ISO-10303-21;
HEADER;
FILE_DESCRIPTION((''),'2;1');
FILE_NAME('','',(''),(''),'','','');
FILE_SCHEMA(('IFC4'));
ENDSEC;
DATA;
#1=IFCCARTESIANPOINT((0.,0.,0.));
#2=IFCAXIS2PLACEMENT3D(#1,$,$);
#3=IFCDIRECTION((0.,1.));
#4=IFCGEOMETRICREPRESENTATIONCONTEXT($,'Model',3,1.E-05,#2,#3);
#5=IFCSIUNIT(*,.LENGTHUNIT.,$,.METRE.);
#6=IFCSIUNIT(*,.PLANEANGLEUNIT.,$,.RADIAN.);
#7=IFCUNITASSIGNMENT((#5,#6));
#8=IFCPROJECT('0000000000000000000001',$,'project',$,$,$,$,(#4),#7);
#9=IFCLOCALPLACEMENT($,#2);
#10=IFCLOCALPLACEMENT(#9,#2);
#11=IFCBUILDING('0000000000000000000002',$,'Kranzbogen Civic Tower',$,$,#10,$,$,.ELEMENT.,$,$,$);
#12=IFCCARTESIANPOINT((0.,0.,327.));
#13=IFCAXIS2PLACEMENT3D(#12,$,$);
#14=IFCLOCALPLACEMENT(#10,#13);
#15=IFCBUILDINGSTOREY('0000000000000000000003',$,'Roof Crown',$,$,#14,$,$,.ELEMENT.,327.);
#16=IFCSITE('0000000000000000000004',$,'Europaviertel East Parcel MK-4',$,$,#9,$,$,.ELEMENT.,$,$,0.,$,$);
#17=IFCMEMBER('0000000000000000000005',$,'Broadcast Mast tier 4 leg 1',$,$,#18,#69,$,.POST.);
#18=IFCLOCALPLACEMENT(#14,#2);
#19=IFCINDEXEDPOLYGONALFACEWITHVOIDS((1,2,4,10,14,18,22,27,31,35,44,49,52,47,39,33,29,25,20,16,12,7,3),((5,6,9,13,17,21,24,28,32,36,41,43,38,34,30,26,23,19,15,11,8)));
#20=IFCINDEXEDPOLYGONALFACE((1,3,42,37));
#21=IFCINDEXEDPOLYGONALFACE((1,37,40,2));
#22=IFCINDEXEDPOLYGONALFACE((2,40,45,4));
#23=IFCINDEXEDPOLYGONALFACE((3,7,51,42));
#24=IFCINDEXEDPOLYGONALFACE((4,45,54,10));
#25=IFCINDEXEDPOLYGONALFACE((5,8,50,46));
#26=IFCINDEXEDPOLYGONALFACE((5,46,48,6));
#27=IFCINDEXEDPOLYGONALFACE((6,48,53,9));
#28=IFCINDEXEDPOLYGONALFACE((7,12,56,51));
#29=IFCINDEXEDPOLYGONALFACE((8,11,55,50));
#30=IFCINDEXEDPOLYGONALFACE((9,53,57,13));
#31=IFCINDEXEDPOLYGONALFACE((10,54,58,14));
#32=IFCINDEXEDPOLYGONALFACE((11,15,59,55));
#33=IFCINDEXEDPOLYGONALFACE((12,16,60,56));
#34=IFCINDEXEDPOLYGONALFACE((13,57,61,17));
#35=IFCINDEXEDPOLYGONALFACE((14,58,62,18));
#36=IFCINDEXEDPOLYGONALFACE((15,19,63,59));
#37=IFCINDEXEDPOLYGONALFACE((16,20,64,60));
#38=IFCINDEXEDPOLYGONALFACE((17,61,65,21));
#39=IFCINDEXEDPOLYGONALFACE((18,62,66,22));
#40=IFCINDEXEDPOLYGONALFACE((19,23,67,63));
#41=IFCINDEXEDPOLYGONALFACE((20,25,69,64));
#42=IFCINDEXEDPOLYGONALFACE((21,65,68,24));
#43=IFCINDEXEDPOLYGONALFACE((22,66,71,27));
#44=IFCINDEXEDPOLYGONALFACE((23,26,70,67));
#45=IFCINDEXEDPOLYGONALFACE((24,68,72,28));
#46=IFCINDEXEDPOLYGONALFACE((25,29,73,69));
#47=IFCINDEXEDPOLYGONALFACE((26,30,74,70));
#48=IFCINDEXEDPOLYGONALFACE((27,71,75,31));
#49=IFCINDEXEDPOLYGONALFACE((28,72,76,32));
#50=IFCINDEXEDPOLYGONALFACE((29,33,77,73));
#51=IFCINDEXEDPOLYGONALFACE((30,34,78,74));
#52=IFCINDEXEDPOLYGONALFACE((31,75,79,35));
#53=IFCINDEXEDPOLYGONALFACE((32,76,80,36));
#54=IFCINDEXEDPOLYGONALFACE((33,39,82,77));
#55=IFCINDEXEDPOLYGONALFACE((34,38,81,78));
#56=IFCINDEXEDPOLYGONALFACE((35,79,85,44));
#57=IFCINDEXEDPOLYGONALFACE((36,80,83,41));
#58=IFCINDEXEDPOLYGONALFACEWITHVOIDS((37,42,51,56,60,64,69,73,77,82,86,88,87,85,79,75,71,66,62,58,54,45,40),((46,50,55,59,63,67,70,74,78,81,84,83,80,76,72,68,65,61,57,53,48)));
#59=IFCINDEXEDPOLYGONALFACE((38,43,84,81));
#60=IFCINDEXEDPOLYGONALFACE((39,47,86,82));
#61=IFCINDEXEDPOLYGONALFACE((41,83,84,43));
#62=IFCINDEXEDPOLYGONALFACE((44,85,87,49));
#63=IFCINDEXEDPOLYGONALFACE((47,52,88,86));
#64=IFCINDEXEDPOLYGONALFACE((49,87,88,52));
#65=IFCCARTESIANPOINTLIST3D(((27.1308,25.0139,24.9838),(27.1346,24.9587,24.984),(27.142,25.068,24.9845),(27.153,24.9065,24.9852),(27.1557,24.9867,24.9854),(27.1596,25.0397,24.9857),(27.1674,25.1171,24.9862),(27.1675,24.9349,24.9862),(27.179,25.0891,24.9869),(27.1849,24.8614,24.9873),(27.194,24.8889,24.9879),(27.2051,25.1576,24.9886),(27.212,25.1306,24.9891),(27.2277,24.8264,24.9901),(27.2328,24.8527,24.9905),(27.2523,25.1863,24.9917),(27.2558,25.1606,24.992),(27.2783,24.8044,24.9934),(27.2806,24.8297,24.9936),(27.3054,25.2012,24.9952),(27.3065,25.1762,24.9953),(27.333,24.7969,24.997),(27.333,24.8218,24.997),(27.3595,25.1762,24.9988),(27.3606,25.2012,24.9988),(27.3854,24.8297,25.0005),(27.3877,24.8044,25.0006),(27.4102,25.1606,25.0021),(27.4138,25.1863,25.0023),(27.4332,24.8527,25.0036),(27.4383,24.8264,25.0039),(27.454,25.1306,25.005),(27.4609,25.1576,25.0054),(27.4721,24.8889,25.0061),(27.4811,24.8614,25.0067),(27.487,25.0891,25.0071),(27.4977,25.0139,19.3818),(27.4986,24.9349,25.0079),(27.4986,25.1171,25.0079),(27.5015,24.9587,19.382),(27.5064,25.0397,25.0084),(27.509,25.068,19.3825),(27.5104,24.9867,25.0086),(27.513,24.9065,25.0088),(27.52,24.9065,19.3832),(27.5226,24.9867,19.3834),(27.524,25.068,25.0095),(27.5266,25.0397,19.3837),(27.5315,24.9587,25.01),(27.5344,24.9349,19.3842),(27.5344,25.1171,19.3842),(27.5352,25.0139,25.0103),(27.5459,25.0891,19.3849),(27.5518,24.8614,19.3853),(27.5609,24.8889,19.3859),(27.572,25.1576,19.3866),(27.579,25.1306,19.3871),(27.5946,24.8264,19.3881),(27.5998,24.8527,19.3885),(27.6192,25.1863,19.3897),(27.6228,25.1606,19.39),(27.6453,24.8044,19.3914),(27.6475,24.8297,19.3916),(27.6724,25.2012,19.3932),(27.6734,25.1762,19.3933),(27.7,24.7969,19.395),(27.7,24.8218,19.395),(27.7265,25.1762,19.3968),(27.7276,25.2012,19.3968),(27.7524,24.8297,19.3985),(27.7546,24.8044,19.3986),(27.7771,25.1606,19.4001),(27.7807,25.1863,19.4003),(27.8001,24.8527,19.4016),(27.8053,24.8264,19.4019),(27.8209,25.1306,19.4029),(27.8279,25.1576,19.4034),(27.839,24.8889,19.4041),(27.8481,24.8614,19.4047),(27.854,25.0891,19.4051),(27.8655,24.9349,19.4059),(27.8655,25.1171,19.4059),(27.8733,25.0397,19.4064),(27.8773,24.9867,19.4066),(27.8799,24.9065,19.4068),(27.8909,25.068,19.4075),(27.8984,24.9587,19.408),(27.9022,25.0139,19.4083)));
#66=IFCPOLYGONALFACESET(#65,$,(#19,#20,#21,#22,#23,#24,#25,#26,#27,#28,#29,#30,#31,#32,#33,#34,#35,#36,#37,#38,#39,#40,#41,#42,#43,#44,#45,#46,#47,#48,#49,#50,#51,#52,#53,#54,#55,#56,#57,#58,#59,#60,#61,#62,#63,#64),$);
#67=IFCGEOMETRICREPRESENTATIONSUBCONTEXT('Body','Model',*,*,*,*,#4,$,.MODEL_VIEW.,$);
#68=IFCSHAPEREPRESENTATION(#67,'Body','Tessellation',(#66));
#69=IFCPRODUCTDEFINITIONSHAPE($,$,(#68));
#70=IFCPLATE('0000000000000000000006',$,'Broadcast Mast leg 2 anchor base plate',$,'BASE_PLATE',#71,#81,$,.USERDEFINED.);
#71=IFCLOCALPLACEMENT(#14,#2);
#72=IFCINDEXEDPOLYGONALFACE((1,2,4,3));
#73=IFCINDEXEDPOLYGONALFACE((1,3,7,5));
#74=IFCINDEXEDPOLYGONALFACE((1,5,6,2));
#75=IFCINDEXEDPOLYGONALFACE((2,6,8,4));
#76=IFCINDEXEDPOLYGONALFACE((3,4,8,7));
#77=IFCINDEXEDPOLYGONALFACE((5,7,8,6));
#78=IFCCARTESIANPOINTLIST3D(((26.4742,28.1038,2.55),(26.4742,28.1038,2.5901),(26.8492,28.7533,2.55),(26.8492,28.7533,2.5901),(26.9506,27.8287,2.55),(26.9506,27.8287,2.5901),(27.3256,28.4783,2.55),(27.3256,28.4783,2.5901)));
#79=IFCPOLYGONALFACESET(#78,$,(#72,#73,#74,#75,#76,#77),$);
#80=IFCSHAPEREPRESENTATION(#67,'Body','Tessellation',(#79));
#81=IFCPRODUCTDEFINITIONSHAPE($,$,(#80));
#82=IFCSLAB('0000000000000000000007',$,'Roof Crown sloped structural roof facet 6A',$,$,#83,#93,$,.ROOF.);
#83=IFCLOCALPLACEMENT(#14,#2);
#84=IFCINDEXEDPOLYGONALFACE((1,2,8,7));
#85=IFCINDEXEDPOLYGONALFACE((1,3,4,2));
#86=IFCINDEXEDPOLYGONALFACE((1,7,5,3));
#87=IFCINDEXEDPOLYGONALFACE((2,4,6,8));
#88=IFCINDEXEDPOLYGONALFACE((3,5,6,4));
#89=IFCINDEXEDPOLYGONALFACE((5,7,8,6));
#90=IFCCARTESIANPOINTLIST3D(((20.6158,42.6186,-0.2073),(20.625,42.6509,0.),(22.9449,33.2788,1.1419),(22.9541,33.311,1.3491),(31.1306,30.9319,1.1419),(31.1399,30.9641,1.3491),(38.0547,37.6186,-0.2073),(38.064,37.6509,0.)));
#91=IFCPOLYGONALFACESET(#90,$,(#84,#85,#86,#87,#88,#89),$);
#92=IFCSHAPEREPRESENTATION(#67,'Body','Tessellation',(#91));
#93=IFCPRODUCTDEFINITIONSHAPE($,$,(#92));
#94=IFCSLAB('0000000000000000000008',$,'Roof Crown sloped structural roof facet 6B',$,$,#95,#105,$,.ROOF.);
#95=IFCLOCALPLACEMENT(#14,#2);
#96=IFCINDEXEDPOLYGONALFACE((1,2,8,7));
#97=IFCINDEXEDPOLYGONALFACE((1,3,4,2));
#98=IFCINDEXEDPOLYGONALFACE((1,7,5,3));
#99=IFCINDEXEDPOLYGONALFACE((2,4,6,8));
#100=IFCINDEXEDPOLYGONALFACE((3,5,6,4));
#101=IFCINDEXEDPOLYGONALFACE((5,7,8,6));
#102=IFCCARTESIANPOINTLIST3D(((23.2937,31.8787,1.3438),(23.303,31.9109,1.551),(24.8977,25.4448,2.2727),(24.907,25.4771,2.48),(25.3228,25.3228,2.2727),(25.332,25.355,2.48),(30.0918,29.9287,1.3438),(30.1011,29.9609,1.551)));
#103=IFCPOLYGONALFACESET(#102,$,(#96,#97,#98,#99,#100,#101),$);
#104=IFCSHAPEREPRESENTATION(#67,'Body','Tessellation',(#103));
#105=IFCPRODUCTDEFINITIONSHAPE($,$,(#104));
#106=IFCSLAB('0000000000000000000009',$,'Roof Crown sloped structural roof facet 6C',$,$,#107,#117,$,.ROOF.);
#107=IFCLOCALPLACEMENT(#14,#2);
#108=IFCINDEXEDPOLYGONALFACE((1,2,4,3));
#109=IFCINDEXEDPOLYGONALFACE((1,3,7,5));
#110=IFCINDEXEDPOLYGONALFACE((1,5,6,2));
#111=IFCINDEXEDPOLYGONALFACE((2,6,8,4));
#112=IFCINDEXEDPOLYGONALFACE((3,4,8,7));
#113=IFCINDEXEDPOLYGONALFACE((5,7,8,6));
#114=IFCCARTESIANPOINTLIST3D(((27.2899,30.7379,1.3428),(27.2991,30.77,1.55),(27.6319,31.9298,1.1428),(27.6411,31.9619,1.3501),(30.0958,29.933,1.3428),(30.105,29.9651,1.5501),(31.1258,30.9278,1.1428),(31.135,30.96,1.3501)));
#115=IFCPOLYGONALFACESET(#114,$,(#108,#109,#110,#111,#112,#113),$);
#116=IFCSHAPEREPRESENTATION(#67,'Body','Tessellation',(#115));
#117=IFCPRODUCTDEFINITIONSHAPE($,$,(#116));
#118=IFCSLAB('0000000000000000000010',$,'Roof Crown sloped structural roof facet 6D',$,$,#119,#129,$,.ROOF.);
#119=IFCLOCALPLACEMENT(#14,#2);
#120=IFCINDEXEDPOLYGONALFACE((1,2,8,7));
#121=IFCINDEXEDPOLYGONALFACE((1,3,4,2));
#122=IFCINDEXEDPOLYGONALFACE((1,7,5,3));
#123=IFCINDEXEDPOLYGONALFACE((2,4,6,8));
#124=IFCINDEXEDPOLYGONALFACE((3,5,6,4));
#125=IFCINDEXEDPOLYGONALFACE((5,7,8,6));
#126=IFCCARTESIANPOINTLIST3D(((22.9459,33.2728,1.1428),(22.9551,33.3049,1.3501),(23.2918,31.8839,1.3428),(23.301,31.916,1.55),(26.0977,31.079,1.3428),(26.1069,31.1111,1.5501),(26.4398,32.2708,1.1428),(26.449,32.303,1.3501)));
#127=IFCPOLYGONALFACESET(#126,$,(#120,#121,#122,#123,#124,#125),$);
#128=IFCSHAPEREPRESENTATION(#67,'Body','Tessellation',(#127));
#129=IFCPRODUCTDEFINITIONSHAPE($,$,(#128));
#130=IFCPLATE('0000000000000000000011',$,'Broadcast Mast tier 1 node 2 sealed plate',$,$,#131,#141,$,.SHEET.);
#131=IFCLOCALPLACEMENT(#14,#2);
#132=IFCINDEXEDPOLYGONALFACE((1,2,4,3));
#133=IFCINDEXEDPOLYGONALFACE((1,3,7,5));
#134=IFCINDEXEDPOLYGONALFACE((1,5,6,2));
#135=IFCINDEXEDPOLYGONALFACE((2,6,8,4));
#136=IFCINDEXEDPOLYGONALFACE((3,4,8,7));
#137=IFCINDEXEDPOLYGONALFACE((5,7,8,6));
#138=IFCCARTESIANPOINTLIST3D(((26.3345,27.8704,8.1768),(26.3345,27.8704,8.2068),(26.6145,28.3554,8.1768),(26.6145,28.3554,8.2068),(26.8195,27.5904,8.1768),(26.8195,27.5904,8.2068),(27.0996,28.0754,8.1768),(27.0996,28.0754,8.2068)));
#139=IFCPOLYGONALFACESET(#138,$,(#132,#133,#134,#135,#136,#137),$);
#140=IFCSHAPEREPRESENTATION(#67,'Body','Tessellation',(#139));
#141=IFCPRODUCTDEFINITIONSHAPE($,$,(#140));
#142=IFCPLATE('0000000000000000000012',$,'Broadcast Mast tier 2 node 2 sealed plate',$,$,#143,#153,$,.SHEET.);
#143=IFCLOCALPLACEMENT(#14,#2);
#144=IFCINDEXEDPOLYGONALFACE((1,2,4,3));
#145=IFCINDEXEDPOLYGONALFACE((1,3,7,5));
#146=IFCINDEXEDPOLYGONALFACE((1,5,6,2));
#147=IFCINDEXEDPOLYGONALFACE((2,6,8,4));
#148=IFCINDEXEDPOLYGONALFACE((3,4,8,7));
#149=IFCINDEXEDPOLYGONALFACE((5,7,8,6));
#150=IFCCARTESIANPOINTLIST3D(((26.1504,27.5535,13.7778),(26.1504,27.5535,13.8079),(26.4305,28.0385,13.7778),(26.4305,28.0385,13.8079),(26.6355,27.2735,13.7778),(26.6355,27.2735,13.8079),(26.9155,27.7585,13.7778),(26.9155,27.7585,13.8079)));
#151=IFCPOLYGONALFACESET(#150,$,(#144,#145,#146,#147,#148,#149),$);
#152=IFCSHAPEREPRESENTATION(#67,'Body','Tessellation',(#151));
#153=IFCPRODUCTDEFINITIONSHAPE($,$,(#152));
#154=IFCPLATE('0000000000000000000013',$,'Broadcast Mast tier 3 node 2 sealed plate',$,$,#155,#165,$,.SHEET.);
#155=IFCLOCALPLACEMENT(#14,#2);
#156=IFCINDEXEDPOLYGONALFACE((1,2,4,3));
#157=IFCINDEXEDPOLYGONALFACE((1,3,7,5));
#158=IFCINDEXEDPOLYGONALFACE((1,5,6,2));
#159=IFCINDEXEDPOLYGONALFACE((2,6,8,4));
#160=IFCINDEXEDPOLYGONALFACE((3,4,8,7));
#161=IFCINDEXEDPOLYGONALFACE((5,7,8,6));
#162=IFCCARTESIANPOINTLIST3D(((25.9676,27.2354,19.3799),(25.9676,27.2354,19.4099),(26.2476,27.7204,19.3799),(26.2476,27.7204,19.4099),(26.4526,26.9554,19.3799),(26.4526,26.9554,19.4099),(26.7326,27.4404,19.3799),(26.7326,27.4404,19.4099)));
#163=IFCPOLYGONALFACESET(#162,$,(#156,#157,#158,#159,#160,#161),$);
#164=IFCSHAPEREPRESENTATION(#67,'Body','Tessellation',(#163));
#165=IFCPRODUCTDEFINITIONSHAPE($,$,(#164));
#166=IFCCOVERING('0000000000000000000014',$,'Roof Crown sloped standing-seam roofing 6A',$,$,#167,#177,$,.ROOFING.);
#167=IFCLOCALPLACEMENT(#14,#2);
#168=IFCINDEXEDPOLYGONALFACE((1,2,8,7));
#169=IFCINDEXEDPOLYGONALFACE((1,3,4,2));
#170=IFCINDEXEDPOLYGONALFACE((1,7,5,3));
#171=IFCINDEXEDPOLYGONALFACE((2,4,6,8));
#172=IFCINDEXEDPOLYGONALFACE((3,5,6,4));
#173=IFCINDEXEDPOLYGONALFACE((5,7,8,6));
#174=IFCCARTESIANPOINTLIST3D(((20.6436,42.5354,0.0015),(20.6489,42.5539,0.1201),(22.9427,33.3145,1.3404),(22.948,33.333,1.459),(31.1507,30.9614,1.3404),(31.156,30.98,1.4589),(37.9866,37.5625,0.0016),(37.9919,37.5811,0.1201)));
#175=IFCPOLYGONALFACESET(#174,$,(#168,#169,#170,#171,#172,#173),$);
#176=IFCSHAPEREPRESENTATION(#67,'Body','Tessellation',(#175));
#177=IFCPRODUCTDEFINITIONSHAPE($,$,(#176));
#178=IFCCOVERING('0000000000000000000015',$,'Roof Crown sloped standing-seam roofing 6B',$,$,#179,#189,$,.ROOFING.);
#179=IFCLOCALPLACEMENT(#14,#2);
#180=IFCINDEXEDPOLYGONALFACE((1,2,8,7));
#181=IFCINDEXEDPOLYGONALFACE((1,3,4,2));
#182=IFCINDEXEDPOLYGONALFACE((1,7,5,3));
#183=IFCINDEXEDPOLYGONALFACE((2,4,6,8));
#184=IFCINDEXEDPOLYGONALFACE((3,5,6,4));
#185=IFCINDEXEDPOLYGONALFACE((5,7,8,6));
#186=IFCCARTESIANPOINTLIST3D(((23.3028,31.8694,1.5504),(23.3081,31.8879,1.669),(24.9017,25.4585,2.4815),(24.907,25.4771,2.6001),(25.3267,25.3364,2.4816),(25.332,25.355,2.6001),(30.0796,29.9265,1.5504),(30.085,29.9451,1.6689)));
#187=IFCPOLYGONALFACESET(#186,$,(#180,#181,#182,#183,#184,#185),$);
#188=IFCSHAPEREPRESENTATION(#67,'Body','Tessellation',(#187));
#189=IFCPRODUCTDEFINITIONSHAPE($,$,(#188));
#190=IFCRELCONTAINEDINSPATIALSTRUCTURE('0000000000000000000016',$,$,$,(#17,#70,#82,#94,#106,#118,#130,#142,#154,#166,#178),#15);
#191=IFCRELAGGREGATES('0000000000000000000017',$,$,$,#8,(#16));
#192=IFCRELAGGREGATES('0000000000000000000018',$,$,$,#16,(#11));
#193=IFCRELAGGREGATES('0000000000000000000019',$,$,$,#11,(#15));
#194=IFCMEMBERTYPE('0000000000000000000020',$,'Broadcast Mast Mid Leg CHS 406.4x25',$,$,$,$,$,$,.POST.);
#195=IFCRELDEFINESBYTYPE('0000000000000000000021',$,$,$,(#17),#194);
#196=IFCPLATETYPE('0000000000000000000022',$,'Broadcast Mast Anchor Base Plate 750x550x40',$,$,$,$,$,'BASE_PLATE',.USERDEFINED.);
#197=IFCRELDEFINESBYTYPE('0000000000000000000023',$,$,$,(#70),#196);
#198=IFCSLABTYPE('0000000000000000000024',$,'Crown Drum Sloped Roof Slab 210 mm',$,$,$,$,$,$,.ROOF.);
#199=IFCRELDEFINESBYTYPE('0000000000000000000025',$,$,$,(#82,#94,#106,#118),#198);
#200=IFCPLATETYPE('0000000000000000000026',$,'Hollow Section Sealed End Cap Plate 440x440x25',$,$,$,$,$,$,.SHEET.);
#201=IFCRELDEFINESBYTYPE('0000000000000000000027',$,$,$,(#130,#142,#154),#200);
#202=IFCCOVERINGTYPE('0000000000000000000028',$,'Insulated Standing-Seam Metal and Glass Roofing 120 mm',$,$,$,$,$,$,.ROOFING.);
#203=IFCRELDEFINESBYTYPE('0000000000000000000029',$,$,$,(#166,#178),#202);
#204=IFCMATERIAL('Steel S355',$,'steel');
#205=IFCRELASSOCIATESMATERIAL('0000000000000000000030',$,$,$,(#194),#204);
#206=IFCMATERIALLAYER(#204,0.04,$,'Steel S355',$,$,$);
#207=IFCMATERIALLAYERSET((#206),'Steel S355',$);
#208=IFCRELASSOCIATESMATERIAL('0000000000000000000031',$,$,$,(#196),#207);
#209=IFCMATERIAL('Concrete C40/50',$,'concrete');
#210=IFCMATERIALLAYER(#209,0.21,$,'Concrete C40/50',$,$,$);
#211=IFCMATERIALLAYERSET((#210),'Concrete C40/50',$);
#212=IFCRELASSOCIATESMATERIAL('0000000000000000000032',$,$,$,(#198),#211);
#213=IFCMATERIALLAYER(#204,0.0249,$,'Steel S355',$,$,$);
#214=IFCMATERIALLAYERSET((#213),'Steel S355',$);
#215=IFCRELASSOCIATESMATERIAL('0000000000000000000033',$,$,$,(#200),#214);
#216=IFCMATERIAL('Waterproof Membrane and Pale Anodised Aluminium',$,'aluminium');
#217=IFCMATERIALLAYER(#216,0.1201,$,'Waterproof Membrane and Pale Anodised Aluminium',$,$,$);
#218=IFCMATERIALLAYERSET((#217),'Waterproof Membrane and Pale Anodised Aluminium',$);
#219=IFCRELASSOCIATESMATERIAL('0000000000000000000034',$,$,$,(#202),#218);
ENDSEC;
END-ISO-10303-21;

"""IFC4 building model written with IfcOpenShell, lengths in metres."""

from ifc_helpers import new_model, si_unit, direction, frame, origin, origin_2d, place, context, subcontext, project, spatial, polyline, rectangle, hollow_circle, outline, extrude, material, layer, layer_set, material_profile, profile_set, type_object, element, save


model = new_model("IFC4")

# Units and contexts
model_context = context("Model", 3, precision=1e-05, world=origin(), true_north=direction((0.0, 1.0)))
body_context = subcontext(model_context, "Body", "Model", "MODEL_VIEW")
ifc_project = project(units=[si_unit("LENGTHUNIT", "METRE"), si_unit("PLANEANGLEUNIT", "RADIAN")], contexts=[model_context])

# Site, building, storey
site_placement = place(None, origin())
site = spatial("IfcSite", under=ifc_project, at=site_placement, Name="Europaviertel East Parcel MK-4", CompositionType="ELEMENT", RefElevation=0.0)
building_placement = place(site_placement, origin())
building = spatial("IfcBuilding", under=site, at=building_placement, Name="Kranzbogen Civic Tower", CompositionType="ELEMENT")
storey_placement = place(building_placement, frame((0.0, 0.0, 327.0)))
storey = spatial("IfcBuildingStorey", under=building, at=storey_placement, Name="Roof Crown", CompositionType="ELEMENT", Elevation=327.0)

# Shared definitions
ifc_material_1 = material(Name="Steel S355", Category="steel")

# Member
ifc_material_profile_1 = material_profile(ifc_material_1, hollow_circle(Radius=0.2031, WallThickness=0.0249, at=origin_2d()), Name="CHS 406.4x25")
ifc_profile_set_1 = profile_set([ifc_material_profile_1], Name="Steel S355")
member_type_1 = type_object("IfcMemberType", Name="Broadcast Mast Mid Leg CHS 406.4x25", PredefinedType="POST", material=ifc_profile_set_1)
for number, where, z_axis, x_axis, name in (
    (1, (27.7, 25.0, 19.395), (-0.065362, 0.0, 0.997862), (0.0, -1.0, 0.0), "Broadcast Mast tier 4 leg 1"),
):
    element("IfcMember", number, at=place(storey_placement, frame(where, z_axis=z_axis, x_axis=x_axis)), inside=storey, type_object=member_type_1, Name=name, PredefinedType="POST", context=body_context, shape_type="SweptSolid", body=[
        extrude(hollow_circle(Radius=0.2031, WallThickness=0.0249, at=origin_2d()), origin(), (0.0, 0.0, 1.0), 5.614),
    ])

# Plate
ifc_layer_1 = layer(ifc_material_1, 0.04, Name="Steel S355")
ifc_layer_set_1 = layer_set([ifc_layer_1], Name="Steel S355")
plate_type_1 = type_object("IfcPlateType", Name="Broadcast Mast Anchor Base Plate 750x550x40", ElementType="BASE_PLATE", PredefinedType="USERDEFINED", material=ifc_layer_set_1)
plate_placement = place(storey_placement, frame((26.8999, 28.291, 2.55), z_axis=(0.0, 0.0, 1.0), x_axis=(0.5, 0.866025, 0.0)))
element("IfcPlate", 2, at=plate_placement, inside=storey, type_object=plate_type_1, Name="Broadcast Mast leg 2 anchor base plate", ObjectType="BASE_PLATE", PredefinedType="USERDEFINED", context=body_context, shape_type="SweptSolid", body=[
    extrude(rectangle(XDim=0.75, YDim=0.55, at=origin_2d()), origin(), (0.0, 0.0, 1.0), 0.04),
])

# Slabs
ifc_material_2 = material(Name="Concrete C40/50", Category="concrete")
ifc_layer_2 = layer(ifc_material_2, 0.21, Name="Concrete C40/50")
ifc_layer_set_2 = layer_set([ifc_layer_2], Name="Concrete C40/50")
slab_type = type_object("IfcSlabType", Name="Crown Drum Sloped Roof Slab 210 mm", PredefinedType="ROOF", material=ifc_layer_set_2)
slab_1_placement = place(storey_placement, frame((38.064, 37.6509, 0.0), z_axis=(0.044031, 0.153573, 0.987156), x_axis=(-0.96127, 0.27561, 0.0)))
element("IfcSlab", 3, at=slab_1_placement, inside=storey, type_object=slab_type, Name="Roof Crown sloped structural roof facet 6A", PredefinedType="ROOF", context=body_context, shape_type="SweptSolid", body=[
    extrude(outline(polyline([(0.0, 0.0), (18.1416, 0.0), (13.3285, 8.4446), (4.813, 8.4446), (0.0, 0.0)])), origin(), (0.0, 0.0, -1.0), 0.21),
])
slab_2_placement = place(storey_placement, frame((30.1011, 29.9609, 1.551), z_axis=(0.044035, 0.153508, 0.987166), x_axis=(-0.961238, 0.27572, 0.000003)))
element("IfcSlab", 4, at=slab_2_placement, inside=storey, type_object=slab_type, Name="Roof Crown sloped structural roof facet 6B", PredefinedType="ROOF", context=body_context, shape_type="SweptSolid", body=[
    extrude(outline(polyline([(0.0, 0.0), (7.0722, 0.0), (3.7565, 5.8169), (3.3142, 5.817), (0.0, 0.0)])), origin(), (0.0, 0.0, -1.0), 0.21),
])
slab_3_placement = place(storey_placement, frame((31.135, 30.96, 1.3501), z_axis=(0.043885, 0.153007, 0.98725), x_axis=(-0.961255, 0.275662, 0.000006)))
element("IfcSlab", 5, at=slab_3_placement, inside=storey, type_object=slab_type, Name="Roof Crown sloped structural roof facet 6C", PredefinedType="ROOF", context=body_context, shape_type="SweptSolid", body=[
    extrude(outline(polyline([(0.0, 0.0), (3.6347, 0.0), (3.635, 1.256), (0.7159, 1.2563), (0.0, 0.0)])), origin(), (0.0, 0.0, -1.0), 0.21),
])
slab_4_placement = place(storey_placement, frame((26.449, 32.303, 1.3501), z_axis=(0.043895, 0.153042, 0.987244), x_axis=(-0.961255, 0.275662, 0.000006)))
element("IfcSlab", 6, at=slab_4_placement, inside=storey, type_object=slab_type, Name="Roof Crown sloped structural roof facet 6D", PredefinedType="ROOF", context=body_context, shape_type="SweptSolid", body=[
    extrude(outline(polyline([(0.0, 0.0), (3.6347, 0.0), (2.9193, 1.2558), (0.0002, 1.256), (0.0, 0.0)])), origin(), (0.0, 0.0, -1.0), 0.21),
])

# Plates
ifc_layer_3 = layer(ifc_material_1, 0.0249, Name="Steel S355")
ifc_layer_set_3 = layer_set([ifc_layer_3], Name="Steel S355")
plate_type_2 = type_object("IfcPlateType", Name="Hollow Section Sealed End Cap Plate 440x440x25", PredefinedType="SHEET", material=ifc_layer_set_3)
for number, where, z_axis, x_axis, name in (
    (7, (26.717, 27.9729, 8.1768), (0.0, 0.0, 1.0), (0.5, 0.866025, 0.0), "Broadcast Mast tier 1 node 2 sealed plate"),
    (8, (26.533, 27.656, 13.7778), (0.0, 0.0, 1.0), (0.5, 0.866025, 0.0), "Broadcast Mast tier 2 node 2 sealed plate"),
    (9, (26.3501, 27.3379, 19.3799), (0.0, 0.0, 1.0), (0.5, 0.866025, 0.0), "Broadcast Mast tier 3 node 2 sealed plate"),
):
    element("IfcPlate", number, at=place(storey_placement, frame(where, z_axis=z_axis, x_axis=x_axis)), inside=storey, type_object=plate_type_2, Name=name, PredefinedType="SHEET", context=body_context, shape_type="SweptSolid", body=[
        extrude(rectangle(XDim=0.5601, YDim=0.5601, at=origin_2d()), origin(), (0.0, 0.0, 1.0), 0.03),
    ])

# Coverings
ifc_material_3 = material(Name="Waterproof Membrane and Pale Anodised Aluminium", Category="aluminium")
ifc_layer_4 = layer(ifc_material_3, 0.1201, Name="Waterproof Membrane and Pale Anodised Aluminium")
ifc_layer_set_4 = layer_set([ifc_layer_4], Name="Waterproof Membrane and Pale Anodised Aluminium")
covering_type = type_object("IfcCoveringType", Name="Insulated Standing-Seam Metal and Glass Roofing 120 mm", PredefinedType="ROOFING", material=ifc_layer_set_4)
covering_1_placement = place(storey_placement, frame((37.9919, 37.5811, 0.1201), z_axis=(0.044256, 0.154355, 0.987024), x_axis=(-0.961264, 0.27563, -0.000003)))
element("IfcCovering", 10, at=covering_1_placement, inside=storey, type_object=covering_type, Name="Roof Crown sloped standing-seam roofing 6A", PredefinedType="ROOFING", context=body_context, shape_type="SweptSolid", body=[
    extrude(outline(polyline([(0.0, 0.0), (18.0419, 0.0), (13.2903, 8.3383), (4.7517, 8.3378), (0.0, 0.0)])), origin(), (0.0, 0.0, -1.0), 0.1201),
])
covering_2_placement = place(storey_placement, frame((30.085, 29.9451, 1.6689), z_axis=(0.044269, 0.154395, 0.987017), x_axis=(-0.961275, 0.275591, 0.000004)))
element("IfcCovering", 11, at=covering_2_placement, inside=storey, type_object=covering_type, Name="Roof Crown sloped standing-seam roofing 6B", PredefinedType="ROOFING", context=body_context, shape_type="SweptSolid", body=[
    extrude(outline(polyline([(0.0, 0.0), (7.0499, 0.0), (3.7461, 5.7973), (3.3039, 5.7975), (0.0, 0.0)])), origin(), (0.0, 0.0, -1.0), 0.1201),
])

save(model, "model.ifc")
